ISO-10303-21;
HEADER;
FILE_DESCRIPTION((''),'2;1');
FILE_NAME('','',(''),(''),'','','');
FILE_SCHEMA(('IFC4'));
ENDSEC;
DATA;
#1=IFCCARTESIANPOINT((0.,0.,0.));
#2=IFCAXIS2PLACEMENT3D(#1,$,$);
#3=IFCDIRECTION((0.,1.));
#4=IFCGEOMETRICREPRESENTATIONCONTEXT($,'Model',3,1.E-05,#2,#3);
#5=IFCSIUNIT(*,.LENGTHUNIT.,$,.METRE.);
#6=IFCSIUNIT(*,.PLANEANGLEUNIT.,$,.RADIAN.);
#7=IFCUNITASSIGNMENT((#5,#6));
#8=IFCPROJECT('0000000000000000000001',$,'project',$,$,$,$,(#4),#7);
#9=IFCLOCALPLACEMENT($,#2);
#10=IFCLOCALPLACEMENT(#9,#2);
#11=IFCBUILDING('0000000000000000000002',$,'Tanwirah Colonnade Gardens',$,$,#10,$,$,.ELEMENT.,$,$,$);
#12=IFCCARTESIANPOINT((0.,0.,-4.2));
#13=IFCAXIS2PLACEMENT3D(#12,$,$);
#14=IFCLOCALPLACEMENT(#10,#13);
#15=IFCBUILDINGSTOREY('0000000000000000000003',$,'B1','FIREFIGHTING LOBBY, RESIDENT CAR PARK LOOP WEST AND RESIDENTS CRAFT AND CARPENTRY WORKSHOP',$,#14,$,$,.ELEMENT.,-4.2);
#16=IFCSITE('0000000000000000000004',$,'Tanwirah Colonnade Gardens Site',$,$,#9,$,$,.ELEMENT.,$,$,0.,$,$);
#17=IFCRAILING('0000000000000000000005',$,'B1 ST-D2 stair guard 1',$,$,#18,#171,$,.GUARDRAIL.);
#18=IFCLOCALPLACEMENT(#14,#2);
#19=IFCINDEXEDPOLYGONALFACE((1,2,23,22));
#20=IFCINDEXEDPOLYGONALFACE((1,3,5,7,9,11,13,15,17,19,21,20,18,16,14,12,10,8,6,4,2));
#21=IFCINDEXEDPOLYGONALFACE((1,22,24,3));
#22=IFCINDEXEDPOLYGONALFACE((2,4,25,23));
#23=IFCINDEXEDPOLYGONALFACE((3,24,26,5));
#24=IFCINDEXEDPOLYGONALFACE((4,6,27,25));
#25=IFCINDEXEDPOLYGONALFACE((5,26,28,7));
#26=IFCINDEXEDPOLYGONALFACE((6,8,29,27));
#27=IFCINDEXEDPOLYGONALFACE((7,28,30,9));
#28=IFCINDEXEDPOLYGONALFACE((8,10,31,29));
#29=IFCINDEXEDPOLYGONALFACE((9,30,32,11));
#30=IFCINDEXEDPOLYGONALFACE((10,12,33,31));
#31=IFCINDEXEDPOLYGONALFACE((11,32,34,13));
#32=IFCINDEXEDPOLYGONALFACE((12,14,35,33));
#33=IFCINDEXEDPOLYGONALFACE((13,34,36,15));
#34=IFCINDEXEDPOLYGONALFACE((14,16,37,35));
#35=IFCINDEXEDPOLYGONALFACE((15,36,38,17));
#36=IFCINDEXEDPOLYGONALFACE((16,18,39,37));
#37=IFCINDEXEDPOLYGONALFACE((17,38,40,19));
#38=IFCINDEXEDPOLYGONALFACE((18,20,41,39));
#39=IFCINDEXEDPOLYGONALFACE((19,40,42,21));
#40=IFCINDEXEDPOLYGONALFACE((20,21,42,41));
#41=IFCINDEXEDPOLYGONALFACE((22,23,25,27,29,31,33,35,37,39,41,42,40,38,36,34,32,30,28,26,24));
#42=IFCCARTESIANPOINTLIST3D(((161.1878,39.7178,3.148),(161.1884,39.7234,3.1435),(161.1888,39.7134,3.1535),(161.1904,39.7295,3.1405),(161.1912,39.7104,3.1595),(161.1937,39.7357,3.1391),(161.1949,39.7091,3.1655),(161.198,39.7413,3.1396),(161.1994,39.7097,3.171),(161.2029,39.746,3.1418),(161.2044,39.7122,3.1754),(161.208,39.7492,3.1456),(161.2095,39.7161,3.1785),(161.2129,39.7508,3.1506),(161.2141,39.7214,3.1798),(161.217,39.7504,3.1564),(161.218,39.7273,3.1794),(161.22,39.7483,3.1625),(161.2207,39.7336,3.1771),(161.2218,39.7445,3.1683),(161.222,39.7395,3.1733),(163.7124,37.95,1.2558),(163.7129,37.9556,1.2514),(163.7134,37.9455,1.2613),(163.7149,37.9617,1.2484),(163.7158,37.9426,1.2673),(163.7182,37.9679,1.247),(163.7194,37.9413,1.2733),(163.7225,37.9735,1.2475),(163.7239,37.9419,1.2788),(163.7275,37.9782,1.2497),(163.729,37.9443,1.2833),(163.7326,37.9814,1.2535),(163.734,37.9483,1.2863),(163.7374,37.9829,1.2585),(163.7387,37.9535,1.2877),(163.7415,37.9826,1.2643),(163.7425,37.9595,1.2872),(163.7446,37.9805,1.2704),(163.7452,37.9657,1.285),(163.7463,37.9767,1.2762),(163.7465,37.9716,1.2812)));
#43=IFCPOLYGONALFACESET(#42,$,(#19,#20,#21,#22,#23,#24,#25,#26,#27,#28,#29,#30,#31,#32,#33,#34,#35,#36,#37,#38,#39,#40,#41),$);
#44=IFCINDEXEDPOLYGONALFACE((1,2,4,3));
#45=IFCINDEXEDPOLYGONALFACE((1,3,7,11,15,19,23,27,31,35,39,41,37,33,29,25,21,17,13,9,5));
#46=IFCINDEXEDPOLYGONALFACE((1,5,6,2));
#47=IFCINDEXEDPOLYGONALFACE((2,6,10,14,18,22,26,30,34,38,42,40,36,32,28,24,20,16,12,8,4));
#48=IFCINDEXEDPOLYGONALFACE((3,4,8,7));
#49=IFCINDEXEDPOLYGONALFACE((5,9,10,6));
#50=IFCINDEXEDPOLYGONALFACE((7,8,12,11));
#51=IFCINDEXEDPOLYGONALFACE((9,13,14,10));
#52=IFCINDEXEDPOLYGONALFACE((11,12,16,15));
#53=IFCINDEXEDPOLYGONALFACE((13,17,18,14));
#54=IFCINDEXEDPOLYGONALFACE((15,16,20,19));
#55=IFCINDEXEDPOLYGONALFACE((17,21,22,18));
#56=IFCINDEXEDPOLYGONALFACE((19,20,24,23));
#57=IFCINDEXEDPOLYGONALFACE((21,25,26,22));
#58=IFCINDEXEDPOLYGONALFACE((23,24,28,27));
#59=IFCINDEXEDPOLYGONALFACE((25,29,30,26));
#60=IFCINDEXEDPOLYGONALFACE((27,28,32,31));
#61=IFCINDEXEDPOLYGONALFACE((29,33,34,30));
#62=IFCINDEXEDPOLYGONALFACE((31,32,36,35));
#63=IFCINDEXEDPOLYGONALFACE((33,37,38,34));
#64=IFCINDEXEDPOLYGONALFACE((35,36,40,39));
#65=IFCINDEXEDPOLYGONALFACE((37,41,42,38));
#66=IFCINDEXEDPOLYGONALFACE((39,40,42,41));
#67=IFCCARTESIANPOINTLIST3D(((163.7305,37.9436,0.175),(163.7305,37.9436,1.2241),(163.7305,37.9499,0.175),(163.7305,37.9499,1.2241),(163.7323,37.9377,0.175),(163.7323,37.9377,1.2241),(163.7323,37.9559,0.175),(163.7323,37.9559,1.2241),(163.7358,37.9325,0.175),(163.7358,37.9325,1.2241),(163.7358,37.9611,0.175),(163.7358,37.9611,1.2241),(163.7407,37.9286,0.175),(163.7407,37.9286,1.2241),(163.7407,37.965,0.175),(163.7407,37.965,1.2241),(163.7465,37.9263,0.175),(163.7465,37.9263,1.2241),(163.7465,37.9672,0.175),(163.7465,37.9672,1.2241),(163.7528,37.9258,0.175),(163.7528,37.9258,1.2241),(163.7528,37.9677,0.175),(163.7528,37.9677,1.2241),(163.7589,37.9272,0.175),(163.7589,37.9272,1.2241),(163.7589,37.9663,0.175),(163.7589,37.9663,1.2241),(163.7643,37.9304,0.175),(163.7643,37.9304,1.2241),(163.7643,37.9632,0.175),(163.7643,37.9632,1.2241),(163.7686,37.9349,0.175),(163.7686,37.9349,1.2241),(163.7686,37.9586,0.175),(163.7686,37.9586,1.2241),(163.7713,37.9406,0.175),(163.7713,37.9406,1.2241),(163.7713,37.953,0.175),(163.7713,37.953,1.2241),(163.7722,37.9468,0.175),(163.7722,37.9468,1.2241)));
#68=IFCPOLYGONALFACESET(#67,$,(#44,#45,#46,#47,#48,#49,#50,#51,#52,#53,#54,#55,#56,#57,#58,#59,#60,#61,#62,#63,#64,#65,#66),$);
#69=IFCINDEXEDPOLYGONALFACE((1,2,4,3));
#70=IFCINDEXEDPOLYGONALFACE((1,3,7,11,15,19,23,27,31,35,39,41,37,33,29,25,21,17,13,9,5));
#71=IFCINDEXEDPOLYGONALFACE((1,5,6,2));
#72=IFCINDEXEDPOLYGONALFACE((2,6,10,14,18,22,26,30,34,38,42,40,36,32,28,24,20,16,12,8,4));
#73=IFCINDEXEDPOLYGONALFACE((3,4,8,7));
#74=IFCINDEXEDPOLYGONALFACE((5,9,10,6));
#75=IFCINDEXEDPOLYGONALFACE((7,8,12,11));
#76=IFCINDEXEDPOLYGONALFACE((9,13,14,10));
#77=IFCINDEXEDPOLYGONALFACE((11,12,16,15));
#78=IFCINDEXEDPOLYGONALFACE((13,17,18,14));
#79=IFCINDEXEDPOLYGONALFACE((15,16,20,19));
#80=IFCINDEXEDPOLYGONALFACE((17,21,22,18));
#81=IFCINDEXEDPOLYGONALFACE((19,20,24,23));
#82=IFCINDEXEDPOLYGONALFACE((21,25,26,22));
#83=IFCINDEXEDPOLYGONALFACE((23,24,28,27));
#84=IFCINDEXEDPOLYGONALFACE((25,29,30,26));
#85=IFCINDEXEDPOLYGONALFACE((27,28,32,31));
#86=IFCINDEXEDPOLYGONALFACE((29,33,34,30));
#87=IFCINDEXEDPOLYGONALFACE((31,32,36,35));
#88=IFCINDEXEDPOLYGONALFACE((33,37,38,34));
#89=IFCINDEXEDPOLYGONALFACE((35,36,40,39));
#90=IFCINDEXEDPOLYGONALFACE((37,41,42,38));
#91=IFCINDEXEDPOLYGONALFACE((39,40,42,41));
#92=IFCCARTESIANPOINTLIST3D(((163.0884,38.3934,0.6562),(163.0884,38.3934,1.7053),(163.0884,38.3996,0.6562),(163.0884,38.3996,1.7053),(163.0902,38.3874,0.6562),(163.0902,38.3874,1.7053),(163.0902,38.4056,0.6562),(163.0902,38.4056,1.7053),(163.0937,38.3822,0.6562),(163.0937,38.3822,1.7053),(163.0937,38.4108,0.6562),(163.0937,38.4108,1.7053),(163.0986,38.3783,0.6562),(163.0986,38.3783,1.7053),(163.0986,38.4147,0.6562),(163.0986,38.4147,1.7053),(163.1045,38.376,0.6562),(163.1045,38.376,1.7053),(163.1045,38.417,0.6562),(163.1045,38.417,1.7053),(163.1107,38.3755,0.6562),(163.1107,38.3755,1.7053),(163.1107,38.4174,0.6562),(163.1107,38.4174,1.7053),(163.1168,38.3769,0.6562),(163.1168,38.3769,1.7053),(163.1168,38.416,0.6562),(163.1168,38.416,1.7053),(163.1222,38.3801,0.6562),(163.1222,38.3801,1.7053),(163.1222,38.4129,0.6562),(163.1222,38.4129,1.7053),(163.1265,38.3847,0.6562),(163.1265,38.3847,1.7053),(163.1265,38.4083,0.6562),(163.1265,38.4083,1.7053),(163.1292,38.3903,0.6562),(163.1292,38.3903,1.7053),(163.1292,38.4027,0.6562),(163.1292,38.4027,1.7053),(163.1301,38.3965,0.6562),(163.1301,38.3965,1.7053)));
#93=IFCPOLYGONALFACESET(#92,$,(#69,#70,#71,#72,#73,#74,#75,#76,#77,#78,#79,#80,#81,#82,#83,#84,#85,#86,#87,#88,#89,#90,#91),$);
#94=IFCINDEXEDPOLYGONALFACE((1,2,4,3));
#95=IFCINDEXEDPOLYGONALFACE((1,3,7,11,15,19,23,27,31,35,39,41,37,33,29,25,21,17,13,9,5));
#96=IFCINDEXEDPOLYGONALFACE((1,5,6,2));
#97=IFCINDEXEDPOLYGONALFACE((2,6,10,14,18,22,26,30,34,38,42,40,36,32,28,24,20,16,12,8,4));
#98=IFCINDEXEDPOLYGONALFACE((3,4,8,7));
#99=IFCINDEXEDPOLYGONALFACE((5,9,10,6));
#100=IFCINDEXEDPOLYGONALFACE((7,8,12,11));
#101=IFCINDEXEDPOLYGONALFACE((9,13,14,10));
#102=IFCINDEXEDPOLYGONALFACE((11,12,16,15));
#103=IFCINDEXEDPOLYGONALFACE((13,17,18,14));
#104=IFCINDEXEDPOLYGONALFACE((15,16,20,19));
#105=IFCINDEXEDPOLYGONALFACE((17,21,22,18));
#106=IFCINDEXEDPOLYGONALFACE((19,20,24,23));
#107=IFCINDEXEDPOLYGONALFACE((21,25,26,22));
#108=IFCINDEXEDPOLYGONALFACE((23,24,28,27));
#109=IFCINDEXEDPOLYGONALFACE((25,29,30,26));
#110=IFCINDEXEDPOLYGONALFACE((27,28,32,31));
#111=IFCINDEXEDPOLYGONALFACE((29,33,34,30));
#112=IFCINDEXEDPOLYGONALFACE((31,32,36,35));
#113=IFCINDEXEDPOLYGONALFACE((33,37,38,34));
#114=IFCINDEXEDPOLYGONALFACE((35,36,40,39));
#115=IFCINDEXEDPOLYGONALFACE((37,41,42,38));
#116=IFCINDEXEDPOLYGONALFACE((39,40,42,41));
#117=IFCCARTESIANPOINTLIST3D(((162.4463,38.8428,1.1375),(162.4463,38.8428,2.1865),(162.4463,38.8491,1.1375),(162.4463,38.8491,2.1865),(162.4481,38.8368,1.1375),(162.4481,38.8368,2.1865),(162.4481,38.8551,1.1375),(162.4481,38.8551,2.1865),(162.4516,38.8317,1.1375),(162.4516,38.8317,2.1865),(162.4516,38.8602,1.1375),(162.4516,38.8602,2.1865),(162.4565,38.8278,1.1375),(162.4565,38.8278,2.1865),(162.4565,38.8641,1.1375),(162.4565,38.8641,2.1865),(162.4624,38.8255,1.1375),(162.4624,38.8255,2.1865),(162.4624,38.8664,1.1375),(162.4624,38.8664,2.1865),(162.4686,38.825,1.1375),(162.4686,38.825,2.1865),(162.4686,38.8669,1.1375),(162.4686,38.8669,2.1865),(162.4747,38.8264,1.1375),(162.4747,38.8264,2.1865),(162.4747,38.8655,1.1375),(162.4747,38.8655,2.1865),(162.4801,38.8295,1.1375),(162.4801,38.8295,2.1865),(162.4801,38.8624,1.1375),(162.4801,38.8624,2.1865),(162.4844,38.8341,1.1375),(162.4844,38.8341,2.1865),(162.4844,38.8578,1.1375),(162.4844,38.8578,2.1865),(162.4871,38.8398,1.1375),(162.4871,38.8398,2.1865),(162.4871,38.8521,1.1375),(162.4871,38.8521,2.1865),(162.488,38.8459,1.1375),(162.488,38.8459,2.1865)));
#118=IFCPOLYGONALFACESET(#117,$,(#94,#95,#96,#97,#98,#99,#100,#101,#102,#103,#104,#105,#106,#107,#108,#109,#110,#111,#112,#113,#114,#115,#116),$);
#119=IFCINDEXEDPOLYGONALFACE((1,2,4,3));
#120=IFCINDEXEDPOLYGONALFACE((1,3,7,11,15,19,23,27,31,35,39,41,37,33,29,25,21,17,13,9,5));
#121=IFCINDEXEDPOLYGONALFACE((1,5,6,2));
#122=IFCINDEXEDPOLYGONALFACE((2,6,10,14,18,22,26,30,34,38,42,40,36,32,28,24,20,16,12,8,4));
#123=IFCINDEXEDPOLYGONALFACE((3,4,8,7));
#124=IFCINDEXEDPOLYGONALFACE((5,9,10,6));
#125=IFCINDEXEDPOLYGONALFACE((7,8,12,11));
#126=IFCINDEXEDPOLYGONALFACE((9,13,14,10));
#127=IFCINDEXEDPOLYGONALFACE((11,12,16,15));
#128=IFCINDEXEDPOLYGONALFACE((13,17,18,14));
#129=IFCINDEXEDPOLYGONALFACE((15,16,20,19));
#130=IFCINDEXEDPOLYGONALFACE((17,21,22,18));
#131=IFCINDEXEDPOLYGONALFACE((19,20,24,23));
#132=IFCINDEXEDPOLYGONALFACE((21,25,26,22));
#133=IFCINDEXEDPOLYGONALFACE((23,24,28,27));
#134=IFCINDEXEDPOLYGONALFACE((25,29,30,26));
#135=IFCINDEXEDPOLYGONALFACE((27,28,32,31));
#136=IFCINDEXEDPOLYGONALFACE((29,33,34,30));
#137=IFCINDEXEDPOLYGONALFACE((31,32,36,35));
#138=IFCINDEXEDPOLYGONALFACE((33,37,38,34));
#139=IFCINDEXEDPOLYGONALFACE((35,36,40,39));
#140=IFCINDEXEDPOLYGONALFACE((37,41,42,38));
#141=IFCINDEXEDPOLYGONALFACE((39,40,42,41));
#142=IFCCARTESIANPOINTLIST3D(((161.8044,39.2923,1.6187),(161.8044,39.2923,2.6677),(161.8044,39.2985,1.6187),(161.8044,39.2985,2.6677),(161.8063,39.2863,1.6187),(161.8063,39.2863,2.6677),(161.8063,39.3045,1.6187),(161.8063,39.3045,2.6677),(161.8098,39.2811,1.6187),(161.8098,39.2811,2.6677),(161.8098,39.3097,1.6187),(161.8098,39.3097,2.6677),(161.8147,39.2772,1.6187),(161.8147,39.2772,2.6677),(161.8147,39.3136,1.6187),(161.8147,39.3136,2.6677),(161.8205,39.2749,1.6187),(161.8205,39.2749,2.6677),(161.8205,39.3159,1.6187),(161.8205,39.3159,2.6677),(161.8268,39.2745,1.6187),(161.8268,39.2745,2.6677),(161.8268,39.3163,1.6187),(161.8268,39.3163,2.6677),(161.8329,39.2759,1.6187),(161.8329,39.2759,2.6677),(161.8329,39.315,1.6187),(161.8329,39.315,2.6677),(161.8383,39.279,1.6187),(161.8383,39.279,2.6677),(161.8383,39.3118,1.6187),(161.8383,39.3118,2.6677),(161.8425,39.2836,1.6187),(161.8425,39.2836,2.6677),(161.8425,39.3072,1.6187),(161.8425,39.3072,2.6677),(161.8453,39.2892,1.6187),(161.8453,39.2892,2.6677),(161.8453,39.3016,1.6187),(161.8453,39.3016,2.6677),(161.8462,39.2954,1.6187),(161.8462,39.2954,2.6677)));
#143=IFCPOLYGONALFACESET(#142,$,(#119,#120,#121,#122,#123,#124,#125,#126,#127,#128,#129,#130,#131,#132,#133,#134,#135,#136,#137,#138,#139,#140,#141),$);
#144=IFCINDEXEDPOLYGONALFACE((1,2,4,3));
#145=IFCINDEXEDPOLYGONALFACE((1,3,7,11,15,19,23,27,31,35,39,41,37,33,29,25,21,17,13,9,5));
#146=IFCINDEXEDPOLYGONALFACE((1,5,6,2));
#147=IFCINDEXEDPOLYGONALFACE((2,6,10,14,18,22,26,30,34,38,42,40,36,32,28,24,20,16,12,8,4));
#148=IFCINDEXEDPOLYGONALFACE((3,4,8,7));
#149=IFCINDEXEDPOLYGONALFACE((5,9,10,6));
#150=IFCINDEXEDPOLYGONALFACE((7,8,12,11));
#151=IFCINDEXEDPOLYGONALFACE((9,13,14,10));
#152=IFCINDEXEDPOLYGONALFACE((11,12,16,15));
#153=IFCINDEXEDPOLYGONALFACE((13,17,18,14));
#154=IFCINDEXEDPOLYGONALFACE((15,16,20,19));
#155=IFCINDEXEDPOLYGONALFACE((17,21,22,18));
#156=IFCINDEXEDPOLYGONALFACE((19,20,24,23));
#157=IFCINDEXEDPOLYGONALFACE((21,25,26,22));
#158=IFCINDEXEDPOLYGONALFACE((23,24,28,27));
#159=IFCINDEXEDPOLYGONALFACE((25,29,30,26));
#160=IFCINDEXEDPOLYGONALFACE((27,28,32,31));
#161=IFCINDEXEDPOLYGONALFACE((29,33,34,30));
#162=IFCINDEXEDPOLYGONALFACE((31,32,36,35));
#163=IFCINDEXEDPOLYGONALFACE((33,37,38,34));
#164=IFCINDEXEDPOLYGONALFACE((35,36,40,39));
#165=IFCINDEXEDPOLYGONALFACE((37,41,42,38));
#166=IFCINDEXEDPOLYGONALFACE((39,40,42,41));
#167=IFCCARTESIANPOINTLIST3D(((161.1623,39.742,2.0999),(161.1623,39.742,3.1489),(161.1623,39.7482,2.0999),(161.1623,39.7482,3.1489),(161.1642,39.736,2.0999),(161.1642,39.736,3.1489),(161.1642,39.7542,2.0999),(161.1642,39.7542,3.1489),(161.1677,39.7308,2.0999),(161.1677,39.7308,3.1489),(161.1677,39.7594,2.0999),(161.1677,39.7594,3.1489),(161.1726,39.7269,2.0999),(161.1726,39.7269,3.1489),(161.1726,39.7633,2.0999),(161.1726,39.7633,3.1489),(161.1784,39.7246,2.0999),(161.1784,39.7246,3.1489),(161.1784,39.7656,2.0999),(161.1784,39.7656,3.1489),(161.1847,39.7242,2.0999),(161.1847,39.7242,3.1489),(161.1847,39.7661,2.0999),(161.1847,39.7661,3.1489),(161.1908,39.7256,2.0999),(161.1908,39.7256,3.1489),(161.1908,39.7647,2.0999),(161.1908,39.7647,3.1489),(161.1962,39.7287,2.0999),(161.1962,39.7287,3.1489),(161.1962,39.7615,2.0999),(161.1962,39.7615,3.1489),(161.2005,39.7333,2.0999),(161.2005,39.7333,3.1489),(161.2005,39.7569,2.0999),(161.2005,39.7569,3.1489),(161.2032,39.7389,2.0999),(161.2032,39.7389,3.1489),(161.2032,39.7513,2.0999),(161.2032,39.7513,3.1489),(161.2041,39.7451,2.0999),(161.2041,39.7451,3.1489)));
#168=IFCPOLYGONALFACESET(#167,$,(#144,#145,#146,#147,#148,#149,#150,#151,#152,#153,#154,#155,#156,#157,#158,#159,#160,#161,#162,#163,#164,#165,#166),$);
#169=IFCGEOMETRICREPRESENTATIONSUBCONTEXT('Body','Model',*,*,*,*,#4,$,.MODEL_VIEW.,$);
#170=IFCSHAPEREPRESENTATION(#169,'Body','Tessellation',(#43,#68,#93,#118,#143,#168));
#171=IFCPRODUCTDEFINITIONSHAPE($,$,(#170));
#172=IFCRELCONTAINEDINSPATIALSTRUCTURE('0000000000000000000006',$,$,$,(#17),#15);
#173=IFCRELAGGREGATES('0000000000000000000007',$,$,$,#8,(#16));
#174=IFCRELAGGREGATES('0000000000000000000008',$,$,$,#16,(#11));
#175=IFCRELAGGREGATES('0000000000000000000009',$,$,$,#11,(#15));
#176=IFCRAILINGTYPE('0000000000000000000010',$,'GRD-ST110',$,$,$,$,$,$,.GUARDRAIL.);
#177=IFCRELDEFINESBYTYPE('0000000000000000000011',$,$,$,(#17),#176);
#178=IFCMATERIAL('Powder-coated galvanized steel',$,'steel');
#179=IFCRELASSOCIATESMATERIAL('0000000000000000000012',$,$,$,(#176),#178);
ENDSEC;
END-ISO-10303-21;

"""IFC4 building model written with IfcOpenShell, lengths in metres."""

from ifc_helpers import new_model, si_unit, direction, frame, origin, origin_2d, place, context, subcontext, project, spatial, circle, extrude, material, type_object, element, save


model = new_model("IFC4")

# Units and contexts
model_context = context("Model", 3, precision=1e-05, world=origin(), true_north=direction((0.0, 1.0)))
body_context = subcontext(model_context, "Body", "Model", "MODEL_VIEW")
ifc_project = project(units=[si_unit("LENGTHUNIT", "METRE"), si_unit("PLANEANGLEUNIT", "RADIAN")], contexts=[model_context])

# Site, building, storey
site_placement = place(None, origin())
site = spatial("IfcSite", under=ifc_project, at=site_placement, Name="Tanwirah Colonnade Gardens Site", CompositionType="ELEMENT", RefElevation=0.0)
building_placement = place(site_placement, origin())
building = spatial("IfcBuilding", under=site, at=building_placement, Name="Tanwirah Colonnade Gardens", CompositionType="ELEMENT")
storey_placement = place(building_placement, frame((0.0, 0.0, -4.2)))
storey = spatial("IfcBuildingStorey", under=building, at=storey_placement, Name="B1", Description="FIREFIGHTING LOBBY, RESIDENT CAR PARK LOOP WEST AND RESIDENTS CRAFT AND CARPENTRY WORKSHOP", CompositionType="ELEMENT", Elevation=-4.2)

# Railing
ifc_material_1 = material(Name="Powder-coated galvanized steel", Category="steel")
railing_type_1 = type_object("IfcRailingType", Name="GRD-ST110", PredefinedType="GUARDRAIL", material=ifc_material_1)
railing_1_placement = place(storey_placement, frame((163.7512, 37.9468, 0.175)))
element("IfcRailing", 1, at=railing_1_placement, inside=storey, type_object=railing_type_1, Name="B1 ST-D2 stair guard 1", PredefinedType="GUARDRAIL", context=body_context, shape_type="SweptSolid", body=[
    extrude(circle(Radius=0.0239, at=origin_2d()), frame((-0.0217, 0.0154, 1.0923), z_axis=(-0.698071, 0.488829, 0.523205), x_axis=(-0.573603, -0.819133, 0.0)), (0.0, 0.0, 1.0), 3.6165),
    extrude(circle(Radius=0.021, at=origin_2d()), origin(), (0.0, 0.0, 1.0), 1.0491),
    extrude(circle(Radius=0.021, at=origin_2d()), frame((-0.6421, 0.4497, 0.4812)), (0.0, 0.0, 1.0), 1.0491),
    extrude(circle(Radius=0.021, at=origin_2d()), frame((-1.2842, 0.8992, 0.9624)), (0.0, 0.0, 1.0), 1.0491),
    extrude(circle(Radius=0.021, at=origin_2d()), frame((-1.926, 1.3486, 1.4436)), (0.0, 0.0, 1.0), 1.0491),
    extrude(circle(Radius=0.021, at=origin_2d()), frame((-2.5681, 1.7983, 1.9248)), (0.0, 0.0, 1.0), 1.0491),
])

save(model, "model.ifc")
